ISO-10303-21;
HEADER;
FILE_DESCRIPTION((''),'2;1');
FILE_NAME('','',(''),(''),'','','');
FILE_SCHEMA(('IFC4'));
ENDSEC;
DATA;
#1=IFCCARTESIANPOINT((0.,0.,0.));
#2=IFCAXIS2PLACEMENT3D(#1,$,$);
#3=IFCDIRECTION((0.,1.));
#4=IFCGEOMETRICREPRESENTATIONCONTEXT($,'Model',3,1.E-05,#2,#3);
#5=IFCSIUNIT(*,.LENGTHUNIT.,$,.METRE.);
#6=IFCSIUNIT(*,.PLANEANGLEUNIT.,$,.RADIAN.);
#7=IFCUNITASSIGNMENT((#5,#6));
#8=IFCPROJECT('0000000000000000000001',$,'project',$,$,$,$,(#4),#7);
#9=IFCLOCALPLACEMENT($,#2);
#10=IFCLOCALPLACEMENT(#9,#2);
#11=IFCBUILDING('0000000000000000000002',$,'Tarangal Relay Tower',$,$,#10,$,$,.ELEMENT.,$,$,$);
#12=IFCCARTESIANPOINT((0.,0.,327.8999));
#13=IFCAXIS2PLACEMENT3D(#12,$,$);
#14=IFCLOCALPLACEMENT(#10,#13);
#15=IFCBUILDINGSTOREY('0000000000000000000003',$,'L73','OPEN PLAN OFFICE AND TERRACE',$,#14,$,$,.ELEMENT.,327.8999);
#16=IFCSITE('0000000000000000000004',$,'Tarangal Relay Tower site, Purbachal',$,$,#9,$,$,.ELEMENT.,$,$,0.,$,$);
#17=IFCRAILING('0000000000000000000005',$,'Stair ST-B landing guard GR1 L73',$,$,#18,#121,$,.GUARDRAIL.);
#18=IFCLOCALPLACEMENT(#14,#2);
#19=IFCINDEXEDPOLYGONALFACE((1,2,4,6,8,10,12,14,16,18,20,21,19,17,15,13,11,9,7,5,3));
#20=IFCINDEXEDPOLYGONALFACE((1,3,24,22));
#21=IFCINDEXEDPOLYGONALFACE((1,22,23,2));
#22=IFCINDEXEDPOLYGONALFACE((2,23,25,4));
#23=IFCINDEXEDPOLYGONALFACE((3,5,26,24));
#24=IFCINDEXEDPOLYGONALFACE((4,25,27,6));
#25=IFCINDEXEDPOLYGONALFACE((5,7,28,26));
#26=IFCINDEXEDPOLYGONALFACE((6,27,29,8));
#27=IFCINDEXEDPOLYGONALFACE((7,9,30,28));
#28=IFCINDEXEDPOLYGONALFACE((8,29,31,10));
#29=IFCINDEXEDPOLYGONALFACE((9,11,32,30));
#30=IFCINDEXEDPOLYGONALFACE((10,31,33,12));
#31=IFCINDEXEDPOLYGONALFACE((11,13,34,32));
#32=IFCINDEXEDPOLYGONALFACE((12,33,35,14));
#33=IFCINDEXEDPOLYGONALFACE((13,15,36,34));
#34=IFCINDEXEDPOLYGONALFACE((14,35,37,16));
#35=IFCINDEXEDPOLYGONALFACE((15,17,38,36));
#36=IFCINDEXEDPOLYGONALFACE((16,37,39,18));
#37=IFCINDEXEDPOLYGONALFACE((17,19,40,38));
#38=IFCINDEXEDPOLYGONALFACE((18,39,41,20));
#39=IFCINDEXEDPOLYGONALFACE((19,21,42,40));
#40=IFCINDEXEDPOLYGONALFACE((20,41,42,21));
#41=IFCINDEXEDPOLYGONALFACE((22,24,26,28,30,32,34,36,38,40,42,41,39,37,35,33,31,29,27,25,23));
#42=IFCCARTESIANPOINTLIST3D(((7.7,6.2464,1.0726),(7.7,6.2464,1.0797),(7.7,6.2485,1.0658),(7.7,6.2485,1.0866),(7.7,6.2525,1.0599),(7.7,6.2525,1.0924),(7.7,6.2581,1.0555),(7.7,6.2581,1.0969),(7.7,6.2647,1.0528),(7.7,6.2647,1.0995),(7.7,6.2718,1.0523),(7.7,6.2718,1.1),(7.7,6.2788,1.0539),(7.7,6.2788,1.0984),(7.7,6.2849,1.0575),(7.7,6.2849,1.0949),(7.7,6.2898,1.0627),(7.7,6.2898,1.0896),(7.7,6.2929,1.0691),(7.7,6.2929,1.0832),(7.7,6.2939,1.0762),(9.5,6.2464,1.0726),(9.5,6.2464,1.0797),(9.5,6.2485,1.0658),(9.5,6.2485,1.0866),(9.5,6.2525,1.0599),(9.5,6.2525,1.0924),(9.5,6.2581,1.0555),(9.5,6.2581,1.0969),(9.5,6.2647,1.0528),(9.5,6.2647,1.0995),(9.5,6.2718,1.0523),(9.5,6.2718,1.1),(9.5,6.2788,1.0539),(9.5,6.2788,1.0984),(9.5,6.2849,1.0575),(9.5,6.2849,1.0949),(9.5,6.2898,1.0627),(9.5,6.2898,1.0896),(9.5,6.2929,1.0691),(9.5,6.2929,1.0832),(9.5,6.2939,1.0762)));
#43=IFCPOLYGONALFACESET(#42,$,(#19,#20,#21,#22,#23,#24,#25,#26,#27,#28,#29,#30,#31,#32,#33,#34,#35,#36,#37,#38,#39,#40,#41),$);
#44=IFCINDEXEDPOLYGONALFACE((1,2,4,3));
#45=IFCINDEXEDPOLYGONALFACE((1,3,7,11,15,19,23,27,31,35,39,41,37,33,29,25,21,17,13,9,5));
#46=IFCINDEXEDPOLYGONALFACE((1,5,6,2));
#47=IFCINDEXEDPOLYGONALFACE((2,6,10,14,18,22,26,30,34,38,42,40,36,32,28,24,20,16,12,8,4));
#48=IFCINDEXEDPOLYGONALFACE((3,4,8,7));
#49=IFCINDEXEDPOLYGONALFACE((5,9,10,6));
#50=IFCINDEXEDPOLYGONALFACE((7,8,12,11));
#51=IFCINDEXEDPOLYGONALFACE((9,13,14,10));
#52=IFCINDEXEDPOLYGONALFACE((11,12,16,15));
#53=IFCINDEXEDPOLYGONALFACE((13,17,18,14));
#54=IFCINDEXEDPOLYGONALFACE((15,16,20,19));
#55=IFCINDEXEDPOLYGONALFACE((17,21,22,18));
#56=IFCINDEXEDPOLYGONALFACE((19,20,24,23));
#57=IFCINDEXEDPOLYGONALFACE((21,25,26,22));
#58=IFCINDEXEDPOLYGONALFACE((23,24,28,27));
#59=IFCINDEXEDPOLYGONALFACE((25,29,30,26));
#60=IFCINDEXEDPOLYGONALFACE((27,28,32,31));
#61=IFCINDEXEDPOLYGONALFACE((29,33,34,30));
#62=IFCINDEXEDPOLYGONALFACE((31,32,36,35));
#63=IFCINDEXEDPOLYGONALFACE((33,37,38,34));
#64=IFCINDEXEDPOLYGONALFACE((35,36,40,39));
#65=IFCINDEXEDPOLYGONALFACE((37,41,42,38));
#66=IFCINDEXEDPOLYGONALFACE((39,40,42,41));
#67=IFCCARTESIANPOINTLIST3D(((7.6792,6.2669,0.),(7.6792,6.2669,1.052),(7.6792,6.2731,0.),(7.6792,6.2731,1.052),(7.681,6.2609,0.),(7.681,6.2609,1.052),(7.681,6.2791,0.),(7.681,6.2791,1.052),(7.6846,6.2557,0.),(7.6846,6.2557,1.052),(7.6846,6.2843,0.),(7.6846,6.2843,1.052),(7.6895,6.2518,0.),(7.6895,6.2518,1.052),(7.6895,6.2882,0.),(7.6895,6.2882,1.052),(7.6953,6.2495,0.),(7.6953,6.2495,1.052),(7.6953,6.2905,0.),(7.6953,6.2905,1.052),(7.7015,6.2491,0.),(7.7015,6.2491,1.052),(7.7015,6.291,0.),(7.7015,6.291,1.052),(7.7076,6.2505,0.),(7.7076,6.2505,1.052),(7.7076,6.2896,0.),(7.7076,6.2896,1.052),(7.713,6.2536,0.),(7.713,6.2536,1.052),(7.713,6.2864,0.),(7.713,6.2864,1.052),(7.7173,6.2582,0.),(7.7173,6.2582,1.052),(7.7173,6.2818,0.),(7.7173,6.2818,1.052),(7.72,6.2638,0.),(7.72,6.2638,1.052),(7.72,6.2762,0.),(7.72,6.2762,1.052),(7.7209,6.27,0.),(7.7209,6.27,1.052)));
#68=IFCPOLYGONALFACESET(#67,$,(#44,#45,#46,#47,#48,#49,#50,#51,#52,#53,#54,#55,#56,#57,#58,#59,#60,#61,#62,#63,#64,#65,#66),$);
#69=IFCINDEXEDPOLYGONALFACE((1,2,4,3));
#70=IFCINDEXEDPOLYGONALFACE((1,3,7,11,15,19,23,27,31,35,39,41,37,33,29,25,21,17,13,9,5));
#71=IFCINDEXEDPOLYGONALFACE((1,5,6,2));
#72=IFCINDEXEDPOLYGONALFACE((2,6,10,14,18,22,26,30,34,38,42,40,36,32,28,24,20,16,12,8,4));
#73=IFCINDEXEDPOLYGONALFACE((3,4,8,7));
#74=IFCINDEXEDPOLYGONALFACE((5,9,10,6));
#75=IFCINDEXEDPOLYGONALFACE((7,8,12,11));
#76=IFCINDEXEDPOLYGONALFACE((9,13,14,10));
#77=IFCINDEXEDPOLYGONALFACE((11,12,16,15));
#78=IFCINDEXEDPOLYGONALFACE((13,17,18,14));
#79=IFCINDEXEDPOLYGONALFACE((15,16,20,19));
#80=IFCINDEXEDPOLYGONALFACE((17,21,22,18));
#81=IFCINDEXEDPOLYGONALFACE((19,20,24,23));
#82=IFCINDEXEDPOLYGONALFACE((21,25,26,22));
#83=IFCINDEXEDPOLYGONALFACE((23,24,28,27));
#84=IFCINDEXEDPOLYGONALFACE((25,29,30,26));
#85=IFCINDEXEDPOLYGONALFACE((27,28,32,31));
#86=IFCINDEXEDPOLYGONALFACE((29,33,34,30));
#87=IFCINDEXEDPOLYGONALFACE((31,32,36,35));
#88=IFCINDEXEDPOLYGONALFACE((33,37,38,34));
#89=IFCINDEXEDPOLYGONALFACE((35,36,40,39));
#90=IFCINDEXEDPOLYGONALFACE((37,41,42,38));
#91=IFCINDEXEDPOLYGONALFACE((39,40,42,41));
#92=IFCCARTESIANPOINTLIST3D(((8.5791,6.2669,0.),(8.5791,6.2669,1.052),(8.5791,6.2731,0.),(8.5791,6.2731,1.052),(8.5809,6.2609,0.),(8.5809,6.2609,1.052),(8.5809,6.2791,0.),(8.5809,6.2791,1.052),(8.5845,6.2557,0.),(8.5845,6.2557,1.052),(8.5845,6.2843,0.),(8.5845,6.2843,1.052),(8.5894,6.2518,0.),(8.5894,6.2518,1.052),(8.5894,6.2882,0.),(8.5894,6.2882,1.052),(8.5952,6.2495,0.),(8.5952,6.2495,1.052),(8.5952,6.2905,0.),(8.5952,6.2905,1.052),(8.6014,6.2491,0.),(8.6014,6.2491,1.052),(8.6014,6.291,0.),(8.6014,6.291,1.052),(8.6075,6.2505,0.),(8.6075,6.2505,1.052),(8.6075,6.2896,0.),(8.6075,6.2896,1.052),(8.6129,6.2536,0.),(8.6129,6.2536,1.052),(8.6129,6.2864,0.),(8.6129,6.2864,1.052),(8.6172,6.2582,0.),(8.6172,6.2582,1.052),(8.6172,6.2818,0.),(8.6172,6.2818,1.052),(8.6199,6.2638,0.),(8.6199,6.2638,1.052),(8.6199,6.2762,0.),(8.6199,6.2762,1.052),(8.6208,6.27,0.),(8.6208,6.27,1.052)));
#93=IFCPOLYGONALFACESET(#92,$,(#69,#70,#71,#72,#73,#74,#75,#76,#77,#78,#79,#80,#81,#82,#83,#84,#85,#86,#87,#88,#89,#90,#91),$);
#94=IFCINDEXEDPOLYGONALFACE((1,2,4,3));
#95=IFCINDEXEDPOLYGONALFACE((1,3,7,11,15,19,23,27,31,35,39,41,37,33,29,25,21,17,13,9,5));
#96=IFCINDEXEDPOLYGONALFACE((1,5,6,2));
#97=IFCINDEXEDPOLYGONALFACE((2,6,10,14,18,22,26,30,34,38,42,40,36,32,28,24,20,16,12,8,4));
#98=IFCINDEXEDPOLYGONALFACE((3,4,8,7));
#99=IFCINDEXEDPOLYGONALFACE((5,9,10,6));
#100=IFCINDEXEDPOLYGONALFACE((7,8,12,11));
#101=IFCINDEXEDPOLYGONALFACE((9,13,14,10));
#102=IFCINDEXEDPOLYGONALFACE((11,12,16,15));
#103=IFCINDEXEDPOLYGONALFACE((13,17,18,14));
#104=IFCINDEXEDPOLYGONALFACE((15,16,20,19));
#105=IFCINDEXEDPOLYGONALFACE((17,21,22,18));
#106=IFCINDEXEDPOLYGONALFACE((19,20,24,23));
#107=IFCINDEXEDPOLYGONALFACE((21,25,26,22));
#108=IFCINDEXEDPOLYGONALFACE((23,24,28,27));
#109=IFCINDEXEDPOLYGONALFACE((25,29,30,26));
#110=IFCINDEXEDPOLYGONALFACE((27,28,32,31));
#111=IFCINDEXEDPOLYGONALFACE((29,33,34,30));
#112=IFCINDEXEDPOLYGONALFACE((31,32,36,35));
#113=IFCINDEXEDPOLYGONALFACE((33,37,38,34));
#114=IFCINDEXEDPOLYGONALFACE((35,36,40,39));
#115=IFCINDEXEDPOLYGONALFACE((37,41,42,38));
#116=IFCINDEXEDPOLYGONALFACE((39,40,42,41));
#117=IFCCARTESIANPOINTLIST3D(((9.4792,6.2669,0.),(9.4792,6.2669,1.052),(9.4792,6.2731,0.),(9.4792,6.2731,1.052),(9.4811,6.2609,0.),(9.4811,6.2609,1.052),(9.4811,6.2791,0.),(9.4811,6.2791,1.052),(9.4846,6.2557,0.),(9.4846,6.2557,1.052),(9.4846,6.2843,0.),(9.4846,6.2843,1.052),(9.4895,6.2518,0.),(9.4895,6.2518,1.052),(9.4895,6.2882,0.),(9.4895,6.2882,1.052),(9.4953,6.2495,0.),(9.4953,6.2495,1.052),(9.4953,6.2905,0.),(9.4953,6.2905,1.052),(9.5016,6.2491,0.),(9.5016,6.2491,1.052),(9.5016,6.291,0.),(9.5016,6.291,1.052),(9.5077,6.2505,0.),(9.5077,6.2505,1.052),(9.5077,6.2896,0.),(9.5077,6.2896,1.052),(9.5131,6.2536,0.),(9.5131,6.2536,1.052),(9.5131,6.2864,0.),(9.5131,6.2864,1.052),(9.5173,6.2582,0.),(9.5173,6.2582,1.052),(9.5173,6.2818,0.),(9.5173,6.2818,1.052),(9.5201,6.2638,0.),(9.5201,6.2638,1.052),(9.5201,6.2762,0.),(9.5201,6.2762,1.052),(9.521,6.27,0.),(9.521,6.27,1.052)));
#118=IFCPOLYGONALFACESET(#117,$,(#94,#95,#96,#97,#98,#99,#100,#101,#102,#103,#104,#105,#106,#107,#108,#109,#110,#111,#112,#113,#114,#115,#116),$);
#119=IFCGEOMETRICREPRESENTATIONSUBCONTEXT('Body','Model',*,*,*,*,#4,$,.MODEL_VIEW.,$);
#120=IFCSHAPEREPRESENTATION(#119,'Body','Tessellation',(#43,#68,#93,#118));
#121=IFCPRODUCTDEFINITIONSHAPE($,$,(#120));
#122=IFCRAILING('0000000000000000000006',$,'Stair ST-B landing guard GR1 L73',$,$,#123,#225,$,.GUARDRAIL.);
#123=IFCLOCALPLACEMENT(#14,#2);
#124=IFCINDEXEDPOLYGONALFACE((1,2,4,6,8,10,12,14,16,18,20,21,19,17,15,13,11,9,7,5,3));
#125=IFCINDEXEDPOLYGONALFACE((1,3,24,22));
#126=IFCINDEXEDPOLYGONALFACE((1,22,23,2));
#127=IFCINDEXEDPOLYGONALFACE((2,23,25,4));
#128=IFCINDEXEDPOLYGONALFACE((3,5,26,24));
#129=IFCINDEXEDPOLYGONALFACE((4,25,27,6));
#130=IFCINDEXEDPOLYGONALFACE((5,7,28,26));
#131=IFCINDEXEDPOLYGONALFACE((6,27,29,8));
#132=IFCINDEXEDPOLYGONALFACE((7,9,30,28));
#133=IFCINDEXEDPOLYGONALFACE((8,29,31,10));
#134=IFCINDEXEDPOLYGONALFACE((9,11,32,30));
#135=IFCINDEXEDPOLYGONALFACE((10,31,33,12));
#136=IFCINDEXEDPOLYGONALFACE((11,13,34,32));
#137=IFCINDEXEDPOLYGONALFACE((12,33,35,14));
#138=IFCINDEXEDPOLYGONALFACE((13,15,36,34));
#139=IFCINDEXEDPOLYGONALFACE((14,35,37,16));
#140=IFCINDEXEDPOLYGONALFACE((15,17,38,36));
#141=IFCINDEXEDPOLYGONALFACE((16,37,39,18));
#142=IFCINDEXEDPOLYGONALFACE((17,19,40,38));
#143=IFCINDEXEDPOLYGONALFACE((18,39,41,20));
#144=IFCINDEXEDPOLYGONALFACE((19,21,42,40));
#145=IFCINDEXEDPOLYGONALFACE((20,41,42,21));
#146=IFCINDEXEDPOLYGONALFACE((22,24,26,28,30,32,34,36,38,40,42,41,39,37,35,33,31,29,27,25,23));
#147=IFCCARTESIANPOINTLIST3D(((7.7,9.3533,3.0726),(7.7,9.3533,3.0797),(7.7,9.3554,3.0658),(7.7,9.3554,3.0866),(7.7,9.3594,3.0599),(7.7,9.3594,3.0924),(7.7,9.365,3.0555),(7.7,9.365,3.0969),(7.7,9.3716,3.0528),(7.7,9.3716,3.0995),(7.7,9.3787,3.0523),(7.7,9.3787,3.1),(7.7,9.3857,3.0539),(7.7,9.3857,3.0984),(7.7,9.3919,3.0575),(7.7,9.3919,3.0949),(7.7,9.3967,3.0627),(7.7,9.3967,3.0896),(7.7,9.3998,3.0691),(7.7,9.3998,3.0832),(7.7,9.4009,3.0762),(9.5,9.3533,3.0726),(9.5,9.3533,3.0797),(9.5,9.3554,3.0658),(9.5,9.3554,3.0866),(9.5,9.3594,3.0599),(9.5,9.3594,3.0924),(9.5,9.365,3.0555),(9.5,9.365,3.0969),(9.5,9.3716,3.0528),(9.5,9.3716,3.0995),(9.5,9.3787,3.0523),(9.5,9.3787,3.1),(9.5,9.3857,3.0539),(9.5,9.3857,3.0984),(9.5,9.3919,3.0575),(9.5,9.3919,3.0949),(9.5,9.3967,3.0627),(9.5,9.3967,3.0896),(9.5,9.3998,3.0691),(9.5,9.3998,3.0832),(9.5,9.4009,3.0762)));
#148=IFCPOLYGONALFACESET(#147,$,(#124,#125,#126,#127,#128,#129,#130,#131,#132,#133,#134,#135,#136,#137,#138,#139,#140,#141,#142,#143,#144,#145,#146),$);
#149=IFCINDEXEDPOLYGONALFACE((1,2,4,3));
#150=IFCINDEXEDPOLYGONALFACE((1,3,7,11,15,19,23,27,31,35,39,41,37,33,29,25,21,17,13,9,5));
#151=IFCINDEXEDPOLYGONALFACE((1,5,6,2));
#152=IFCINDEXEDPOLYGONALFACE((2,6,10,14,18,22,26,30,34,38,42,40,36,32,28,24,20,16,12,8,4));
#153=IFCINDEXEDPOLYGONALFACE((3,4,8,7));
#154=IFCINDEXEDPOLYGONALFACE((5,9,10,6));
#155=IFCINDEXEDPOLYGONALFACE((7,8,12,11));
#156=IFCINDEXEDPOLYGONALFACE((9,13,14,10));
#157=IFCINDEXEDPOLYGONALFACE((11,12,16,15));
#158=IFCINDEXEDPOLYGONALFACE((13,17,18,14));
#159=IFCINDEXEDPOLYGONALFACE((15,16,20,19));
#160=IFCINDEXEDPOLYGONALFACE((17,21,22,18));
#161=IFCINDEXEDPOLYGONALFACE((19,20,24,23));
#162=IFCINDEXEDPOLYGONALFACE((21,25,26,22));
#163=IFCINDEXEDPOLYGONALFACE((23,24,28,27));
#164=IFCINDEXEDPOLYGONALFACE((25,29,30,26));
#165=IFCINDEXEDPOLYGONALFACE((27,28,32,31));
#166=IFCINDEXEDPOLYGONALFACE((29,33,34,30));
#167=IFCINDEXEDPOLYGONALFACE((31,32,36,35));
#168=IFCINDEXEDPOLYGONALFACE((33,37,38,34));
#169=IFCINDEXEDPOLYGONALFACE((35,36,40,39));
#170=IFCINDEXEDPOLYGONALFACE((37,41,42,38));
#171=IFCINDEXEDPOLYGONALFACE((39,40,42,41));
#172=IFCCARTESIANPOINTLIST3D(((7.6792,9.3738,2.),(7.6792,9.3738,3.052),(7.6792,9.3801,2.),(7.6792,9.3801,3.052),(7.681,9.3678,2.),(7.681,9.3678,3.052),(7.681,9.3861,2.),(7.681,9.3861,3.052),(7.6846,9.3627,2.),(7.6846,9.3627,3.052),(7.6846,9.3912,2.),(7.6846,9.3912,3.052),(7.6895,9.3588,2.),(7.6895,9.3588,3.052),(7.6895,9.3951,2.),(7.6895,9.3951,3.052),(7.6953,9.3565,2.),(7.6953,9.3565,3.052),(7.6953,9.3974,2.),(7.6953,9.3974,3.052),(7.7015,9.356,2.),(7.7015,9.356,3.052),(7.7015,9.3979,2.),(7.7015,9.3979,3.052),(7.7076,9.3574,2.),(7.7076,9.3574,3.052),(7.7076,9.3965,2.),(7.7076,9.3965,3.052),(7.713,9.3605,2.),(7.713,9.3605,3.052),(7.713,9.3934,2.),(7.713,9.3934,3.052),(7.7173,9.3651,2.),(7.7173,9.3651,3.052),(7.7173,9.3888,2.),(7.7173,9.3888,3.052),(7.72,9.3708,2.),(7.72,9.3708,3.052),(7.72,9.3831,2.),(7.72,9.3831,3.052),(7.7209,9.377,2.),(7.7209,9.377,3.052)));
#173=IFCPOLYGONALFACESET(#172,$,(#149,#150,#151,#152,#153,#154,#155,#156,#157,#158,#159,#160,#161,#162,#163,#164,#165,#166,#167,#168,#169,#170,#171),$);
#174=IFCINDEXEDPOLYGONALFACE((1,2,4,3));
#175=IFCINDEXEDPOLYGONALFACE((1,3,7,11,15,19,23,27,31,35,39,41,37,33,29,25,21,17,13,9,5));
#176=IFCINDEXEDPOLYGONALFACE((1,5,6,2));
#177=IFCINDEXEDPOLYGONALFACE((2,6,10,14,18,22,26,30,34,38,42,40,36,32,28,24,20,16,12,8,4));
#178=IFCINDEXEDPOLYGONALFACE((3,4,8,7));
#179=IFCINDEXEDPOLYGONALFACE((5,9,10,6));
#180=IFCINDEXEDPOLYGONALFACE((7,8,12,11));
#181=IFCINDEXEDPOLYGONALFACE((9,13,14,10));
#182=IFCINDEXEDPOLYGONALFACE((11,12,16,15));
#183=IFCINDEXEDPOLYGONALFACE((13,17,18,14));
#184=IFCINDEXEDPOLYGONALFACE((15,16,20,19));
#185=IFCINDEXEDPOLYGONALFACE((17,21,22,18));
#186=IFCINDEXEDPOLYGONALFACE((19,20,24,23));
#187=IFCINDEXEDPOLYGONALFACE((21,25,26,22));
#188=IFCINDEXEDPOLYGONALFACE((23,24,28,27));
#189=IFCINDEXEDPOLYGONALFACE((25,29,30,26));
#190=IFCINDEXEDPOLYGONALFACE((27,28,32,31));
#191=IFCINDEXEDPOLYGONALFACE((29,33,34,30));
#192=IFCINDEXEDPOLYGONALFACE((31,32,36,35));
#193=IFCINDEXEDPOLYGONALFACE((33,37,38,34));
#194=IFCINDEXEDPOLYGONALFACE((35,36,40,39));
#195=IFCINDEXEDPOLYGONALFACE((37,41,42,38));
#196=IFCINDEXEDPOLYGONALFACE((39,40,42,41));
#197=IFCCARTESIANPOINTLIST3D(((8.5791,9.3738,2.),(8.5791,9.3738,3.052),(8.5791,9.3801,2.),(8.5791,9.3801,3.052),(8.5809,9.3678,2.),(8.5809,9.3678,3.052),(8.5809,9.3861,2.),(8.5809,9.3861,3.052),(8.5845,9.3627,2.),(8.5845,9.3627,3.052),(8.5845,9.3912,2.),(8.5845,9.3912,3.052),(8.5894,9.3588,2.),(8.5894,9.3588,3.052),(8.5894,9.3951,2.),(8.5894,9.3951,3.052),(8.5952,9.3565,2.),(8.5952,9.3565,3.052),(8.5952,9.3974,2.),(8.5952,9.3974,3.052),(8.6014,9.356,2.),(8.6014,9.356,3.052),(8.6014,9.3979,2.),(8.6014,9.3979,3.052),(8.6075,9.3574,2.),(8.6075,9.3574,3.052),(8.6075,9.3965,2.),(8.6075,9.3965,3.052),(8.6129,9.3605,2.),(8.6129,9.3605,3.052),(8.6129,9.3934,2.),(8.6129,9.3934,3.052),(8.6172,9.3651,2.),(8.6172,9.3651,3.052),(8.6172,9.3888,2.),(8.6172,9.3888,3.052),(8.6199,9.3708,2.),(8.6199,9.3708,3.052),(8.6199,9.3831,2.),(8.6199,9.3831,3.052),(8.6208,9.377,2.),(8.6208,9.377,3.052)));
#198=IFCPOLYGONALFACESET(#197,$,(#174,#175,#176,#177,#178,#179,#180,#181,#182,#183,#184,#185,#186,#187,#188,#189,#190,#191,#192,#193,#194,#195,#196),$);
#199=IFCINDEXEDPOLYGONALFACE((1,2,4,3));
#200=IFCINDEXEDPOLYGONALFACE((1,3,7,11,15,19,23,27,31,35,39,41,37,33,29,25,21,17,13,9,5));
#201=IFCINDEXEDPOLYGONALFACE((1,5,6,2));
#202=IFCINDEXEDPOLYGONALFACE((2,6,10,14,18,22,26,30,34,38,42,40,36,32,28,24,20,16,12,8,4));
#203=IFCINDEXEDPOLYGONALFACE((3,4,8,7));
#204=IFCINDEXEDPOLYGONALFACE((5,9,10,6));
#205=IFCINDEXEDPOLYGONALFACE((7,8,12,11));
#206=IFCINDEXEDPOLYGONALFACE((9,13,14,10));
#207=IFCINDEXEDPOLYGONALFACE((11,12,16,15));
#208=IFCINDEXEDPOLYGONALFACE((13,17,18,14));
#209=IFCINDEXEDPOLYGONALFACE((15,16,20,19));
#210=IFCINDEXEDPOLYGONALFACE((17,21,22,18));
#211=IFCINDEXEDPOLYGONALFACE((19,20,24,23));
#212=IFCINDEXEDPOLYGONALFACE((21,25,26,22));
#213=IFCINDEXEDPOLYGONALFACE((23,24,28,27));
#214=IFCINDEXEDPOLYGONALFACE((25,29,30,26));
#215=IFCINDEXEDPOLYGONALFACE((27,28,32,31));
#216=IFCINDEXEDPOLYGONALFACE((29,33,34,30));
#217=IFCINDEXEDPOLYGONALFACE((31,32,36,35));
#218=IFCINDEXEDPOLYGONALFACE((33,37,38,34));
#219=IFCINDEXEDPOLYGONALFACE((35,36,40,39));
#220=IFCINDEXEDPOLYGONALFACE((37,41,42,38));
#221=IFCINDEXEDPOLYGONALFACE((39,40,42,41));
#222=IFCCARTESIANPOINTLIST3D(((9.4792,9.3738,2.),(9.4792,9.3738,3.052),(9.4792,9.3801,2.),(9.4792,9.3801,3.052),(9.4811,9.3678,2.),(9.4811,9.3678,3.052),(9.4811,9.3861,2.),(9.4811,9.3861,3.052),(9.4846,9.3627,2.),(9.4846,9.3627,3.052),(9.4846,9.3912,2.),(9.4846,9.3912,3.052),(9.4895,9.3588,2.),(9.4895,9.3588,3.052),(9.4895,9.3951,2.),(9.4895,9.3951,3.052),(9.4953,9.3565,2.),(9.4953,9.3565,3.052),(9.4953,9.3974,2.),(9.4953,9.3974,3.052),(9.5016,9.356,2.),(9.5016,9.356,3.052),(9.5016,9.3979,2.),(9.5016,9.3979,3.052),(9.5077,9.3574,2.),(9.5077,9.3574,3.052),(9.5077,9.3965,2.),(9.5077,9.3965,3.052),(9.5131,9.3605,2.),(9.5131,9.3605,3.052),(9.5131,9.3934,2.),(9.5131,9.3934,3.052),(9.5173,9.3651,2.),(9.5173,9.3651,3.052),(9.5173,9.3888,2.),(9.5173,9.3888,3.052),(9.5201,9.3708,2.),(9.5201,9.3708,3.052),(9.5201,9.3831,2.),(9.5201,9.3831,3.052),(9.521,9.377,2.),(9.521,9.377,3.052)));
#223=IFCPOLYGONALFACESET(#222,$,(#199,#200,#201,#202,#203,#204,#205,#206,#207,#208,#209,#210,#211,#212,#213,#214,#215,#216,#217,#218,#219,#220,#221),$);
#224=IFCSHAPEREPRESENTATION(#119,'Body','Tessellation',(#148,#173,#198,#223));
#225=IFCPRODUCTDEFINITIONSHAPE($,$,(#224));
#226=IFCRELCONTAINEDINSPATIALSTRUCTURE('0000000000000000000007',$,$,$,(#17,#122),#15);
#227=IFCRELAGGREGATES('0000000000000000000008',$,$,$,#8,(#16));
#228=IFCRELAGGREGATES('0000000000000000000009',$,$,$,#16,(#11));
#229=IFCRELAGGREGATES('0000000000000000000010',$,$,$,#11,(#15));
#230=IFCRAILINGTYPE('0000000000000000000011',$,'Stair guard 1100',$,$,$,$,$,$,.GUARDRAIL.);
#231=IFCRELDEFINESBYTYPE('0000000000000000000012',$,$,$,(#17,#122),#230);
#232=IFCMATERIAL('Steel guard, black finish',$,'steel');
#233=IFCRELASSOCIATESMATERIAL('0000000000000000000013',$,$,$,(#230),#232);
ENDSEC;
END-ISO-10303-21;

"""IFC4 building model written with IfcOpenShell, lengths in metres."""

from ifc_helpers import new_model, si_unit, direction, frame, origin, origin_2d, place, context, subcontext, project, spatial, circle, extrude, material, type_object, element, save


model = new_model("IFC4")

# Units and contexts
model_context = context("Model", 3, precision=1e-05, world=origin(), true_north=direction((0.0, 1.0)))
body_context = subcontext(model_context, "Body", "Model", "MODEL_VIEW")
ifc_project = project(units=[si_unit("LENGTHUNIT", "METRE"), si_unit("PLANEANGLEUNIT", "RADIAN")], contexts=[model_context])

# Site, building, storey
site_placement = place(None, origin())
site = spatial("IfcSite", under=ifc_project, at=site_placement, Name="Tarangal Relay Tower site, Purbachal", CompositionType="ELEMENT", RefElevation=0.0)
building_placement = place(site_placement, origin())
building = spatial("IfcBuilding", under=site, at=building_placement, Name="Tarangal Relay Tower", CompositionType="ELEMENT")
storey_placement = place(building_placement, frame((0.0, 0.0, 327.8999)))
storey = spatial("IfcBuildingStorey", under=building, at=storey_placement, Name="L73", Description="OPEN PLAN OFFICE AND TERRACE", CompositionType="ELEMENT", Elevation=327.8999)

# Railings
ifc_material_1 = material(Name="Steel guard, black finish", Category="steel")
railing_type_1 = type_object("IfcRailingType", Name="Stair guard 1100", PredefinedType="GUARDRAIL", material=ifc_material_1)
for number, where, name in (
    (1, (7.7, 6.27, 0.0), "Stair ST-B landing guard GR1 L73"),
    (2, (7.7, 9.377, 2.0), "Stair ST-B landing guard GR1 L73"),
):
    element("IfcRailing", number, at=place(storey_placement, frame(where)), inside=storey, type_object=railing_type_1, Name=name, PredefinedType="GUARDRAIL", context=body_context, shape_type="SweptSolid", body=[
        extrude(circle(Radius=0.0239, at=origin_2d()), frame((0.0, 0.0, 1.0762), z_axis=(1.0, 0.0, 0.0), x_axis=(0.0, 1.0, 0.0)), (0.0, 0.0, 1.0), 1.8),
        extrude(circle(Radius=0.021, at=origin_2d()), origin(), (0.0, 0.0, 1.0), 1.052),
        extrude(circle(Radius=0.021, at=origin_2d()), frame((0.8999, 0.0, 0.0)), (0.0, 0.0, 1.0), 1.052),
        extrude(circle(Radius=0.021, at=origin_2d()), frame((1.8, 0.0, 0.0)), (0.0, 0.0, 1.0), 1.052),
    ])

save(model, "model.ifc")
